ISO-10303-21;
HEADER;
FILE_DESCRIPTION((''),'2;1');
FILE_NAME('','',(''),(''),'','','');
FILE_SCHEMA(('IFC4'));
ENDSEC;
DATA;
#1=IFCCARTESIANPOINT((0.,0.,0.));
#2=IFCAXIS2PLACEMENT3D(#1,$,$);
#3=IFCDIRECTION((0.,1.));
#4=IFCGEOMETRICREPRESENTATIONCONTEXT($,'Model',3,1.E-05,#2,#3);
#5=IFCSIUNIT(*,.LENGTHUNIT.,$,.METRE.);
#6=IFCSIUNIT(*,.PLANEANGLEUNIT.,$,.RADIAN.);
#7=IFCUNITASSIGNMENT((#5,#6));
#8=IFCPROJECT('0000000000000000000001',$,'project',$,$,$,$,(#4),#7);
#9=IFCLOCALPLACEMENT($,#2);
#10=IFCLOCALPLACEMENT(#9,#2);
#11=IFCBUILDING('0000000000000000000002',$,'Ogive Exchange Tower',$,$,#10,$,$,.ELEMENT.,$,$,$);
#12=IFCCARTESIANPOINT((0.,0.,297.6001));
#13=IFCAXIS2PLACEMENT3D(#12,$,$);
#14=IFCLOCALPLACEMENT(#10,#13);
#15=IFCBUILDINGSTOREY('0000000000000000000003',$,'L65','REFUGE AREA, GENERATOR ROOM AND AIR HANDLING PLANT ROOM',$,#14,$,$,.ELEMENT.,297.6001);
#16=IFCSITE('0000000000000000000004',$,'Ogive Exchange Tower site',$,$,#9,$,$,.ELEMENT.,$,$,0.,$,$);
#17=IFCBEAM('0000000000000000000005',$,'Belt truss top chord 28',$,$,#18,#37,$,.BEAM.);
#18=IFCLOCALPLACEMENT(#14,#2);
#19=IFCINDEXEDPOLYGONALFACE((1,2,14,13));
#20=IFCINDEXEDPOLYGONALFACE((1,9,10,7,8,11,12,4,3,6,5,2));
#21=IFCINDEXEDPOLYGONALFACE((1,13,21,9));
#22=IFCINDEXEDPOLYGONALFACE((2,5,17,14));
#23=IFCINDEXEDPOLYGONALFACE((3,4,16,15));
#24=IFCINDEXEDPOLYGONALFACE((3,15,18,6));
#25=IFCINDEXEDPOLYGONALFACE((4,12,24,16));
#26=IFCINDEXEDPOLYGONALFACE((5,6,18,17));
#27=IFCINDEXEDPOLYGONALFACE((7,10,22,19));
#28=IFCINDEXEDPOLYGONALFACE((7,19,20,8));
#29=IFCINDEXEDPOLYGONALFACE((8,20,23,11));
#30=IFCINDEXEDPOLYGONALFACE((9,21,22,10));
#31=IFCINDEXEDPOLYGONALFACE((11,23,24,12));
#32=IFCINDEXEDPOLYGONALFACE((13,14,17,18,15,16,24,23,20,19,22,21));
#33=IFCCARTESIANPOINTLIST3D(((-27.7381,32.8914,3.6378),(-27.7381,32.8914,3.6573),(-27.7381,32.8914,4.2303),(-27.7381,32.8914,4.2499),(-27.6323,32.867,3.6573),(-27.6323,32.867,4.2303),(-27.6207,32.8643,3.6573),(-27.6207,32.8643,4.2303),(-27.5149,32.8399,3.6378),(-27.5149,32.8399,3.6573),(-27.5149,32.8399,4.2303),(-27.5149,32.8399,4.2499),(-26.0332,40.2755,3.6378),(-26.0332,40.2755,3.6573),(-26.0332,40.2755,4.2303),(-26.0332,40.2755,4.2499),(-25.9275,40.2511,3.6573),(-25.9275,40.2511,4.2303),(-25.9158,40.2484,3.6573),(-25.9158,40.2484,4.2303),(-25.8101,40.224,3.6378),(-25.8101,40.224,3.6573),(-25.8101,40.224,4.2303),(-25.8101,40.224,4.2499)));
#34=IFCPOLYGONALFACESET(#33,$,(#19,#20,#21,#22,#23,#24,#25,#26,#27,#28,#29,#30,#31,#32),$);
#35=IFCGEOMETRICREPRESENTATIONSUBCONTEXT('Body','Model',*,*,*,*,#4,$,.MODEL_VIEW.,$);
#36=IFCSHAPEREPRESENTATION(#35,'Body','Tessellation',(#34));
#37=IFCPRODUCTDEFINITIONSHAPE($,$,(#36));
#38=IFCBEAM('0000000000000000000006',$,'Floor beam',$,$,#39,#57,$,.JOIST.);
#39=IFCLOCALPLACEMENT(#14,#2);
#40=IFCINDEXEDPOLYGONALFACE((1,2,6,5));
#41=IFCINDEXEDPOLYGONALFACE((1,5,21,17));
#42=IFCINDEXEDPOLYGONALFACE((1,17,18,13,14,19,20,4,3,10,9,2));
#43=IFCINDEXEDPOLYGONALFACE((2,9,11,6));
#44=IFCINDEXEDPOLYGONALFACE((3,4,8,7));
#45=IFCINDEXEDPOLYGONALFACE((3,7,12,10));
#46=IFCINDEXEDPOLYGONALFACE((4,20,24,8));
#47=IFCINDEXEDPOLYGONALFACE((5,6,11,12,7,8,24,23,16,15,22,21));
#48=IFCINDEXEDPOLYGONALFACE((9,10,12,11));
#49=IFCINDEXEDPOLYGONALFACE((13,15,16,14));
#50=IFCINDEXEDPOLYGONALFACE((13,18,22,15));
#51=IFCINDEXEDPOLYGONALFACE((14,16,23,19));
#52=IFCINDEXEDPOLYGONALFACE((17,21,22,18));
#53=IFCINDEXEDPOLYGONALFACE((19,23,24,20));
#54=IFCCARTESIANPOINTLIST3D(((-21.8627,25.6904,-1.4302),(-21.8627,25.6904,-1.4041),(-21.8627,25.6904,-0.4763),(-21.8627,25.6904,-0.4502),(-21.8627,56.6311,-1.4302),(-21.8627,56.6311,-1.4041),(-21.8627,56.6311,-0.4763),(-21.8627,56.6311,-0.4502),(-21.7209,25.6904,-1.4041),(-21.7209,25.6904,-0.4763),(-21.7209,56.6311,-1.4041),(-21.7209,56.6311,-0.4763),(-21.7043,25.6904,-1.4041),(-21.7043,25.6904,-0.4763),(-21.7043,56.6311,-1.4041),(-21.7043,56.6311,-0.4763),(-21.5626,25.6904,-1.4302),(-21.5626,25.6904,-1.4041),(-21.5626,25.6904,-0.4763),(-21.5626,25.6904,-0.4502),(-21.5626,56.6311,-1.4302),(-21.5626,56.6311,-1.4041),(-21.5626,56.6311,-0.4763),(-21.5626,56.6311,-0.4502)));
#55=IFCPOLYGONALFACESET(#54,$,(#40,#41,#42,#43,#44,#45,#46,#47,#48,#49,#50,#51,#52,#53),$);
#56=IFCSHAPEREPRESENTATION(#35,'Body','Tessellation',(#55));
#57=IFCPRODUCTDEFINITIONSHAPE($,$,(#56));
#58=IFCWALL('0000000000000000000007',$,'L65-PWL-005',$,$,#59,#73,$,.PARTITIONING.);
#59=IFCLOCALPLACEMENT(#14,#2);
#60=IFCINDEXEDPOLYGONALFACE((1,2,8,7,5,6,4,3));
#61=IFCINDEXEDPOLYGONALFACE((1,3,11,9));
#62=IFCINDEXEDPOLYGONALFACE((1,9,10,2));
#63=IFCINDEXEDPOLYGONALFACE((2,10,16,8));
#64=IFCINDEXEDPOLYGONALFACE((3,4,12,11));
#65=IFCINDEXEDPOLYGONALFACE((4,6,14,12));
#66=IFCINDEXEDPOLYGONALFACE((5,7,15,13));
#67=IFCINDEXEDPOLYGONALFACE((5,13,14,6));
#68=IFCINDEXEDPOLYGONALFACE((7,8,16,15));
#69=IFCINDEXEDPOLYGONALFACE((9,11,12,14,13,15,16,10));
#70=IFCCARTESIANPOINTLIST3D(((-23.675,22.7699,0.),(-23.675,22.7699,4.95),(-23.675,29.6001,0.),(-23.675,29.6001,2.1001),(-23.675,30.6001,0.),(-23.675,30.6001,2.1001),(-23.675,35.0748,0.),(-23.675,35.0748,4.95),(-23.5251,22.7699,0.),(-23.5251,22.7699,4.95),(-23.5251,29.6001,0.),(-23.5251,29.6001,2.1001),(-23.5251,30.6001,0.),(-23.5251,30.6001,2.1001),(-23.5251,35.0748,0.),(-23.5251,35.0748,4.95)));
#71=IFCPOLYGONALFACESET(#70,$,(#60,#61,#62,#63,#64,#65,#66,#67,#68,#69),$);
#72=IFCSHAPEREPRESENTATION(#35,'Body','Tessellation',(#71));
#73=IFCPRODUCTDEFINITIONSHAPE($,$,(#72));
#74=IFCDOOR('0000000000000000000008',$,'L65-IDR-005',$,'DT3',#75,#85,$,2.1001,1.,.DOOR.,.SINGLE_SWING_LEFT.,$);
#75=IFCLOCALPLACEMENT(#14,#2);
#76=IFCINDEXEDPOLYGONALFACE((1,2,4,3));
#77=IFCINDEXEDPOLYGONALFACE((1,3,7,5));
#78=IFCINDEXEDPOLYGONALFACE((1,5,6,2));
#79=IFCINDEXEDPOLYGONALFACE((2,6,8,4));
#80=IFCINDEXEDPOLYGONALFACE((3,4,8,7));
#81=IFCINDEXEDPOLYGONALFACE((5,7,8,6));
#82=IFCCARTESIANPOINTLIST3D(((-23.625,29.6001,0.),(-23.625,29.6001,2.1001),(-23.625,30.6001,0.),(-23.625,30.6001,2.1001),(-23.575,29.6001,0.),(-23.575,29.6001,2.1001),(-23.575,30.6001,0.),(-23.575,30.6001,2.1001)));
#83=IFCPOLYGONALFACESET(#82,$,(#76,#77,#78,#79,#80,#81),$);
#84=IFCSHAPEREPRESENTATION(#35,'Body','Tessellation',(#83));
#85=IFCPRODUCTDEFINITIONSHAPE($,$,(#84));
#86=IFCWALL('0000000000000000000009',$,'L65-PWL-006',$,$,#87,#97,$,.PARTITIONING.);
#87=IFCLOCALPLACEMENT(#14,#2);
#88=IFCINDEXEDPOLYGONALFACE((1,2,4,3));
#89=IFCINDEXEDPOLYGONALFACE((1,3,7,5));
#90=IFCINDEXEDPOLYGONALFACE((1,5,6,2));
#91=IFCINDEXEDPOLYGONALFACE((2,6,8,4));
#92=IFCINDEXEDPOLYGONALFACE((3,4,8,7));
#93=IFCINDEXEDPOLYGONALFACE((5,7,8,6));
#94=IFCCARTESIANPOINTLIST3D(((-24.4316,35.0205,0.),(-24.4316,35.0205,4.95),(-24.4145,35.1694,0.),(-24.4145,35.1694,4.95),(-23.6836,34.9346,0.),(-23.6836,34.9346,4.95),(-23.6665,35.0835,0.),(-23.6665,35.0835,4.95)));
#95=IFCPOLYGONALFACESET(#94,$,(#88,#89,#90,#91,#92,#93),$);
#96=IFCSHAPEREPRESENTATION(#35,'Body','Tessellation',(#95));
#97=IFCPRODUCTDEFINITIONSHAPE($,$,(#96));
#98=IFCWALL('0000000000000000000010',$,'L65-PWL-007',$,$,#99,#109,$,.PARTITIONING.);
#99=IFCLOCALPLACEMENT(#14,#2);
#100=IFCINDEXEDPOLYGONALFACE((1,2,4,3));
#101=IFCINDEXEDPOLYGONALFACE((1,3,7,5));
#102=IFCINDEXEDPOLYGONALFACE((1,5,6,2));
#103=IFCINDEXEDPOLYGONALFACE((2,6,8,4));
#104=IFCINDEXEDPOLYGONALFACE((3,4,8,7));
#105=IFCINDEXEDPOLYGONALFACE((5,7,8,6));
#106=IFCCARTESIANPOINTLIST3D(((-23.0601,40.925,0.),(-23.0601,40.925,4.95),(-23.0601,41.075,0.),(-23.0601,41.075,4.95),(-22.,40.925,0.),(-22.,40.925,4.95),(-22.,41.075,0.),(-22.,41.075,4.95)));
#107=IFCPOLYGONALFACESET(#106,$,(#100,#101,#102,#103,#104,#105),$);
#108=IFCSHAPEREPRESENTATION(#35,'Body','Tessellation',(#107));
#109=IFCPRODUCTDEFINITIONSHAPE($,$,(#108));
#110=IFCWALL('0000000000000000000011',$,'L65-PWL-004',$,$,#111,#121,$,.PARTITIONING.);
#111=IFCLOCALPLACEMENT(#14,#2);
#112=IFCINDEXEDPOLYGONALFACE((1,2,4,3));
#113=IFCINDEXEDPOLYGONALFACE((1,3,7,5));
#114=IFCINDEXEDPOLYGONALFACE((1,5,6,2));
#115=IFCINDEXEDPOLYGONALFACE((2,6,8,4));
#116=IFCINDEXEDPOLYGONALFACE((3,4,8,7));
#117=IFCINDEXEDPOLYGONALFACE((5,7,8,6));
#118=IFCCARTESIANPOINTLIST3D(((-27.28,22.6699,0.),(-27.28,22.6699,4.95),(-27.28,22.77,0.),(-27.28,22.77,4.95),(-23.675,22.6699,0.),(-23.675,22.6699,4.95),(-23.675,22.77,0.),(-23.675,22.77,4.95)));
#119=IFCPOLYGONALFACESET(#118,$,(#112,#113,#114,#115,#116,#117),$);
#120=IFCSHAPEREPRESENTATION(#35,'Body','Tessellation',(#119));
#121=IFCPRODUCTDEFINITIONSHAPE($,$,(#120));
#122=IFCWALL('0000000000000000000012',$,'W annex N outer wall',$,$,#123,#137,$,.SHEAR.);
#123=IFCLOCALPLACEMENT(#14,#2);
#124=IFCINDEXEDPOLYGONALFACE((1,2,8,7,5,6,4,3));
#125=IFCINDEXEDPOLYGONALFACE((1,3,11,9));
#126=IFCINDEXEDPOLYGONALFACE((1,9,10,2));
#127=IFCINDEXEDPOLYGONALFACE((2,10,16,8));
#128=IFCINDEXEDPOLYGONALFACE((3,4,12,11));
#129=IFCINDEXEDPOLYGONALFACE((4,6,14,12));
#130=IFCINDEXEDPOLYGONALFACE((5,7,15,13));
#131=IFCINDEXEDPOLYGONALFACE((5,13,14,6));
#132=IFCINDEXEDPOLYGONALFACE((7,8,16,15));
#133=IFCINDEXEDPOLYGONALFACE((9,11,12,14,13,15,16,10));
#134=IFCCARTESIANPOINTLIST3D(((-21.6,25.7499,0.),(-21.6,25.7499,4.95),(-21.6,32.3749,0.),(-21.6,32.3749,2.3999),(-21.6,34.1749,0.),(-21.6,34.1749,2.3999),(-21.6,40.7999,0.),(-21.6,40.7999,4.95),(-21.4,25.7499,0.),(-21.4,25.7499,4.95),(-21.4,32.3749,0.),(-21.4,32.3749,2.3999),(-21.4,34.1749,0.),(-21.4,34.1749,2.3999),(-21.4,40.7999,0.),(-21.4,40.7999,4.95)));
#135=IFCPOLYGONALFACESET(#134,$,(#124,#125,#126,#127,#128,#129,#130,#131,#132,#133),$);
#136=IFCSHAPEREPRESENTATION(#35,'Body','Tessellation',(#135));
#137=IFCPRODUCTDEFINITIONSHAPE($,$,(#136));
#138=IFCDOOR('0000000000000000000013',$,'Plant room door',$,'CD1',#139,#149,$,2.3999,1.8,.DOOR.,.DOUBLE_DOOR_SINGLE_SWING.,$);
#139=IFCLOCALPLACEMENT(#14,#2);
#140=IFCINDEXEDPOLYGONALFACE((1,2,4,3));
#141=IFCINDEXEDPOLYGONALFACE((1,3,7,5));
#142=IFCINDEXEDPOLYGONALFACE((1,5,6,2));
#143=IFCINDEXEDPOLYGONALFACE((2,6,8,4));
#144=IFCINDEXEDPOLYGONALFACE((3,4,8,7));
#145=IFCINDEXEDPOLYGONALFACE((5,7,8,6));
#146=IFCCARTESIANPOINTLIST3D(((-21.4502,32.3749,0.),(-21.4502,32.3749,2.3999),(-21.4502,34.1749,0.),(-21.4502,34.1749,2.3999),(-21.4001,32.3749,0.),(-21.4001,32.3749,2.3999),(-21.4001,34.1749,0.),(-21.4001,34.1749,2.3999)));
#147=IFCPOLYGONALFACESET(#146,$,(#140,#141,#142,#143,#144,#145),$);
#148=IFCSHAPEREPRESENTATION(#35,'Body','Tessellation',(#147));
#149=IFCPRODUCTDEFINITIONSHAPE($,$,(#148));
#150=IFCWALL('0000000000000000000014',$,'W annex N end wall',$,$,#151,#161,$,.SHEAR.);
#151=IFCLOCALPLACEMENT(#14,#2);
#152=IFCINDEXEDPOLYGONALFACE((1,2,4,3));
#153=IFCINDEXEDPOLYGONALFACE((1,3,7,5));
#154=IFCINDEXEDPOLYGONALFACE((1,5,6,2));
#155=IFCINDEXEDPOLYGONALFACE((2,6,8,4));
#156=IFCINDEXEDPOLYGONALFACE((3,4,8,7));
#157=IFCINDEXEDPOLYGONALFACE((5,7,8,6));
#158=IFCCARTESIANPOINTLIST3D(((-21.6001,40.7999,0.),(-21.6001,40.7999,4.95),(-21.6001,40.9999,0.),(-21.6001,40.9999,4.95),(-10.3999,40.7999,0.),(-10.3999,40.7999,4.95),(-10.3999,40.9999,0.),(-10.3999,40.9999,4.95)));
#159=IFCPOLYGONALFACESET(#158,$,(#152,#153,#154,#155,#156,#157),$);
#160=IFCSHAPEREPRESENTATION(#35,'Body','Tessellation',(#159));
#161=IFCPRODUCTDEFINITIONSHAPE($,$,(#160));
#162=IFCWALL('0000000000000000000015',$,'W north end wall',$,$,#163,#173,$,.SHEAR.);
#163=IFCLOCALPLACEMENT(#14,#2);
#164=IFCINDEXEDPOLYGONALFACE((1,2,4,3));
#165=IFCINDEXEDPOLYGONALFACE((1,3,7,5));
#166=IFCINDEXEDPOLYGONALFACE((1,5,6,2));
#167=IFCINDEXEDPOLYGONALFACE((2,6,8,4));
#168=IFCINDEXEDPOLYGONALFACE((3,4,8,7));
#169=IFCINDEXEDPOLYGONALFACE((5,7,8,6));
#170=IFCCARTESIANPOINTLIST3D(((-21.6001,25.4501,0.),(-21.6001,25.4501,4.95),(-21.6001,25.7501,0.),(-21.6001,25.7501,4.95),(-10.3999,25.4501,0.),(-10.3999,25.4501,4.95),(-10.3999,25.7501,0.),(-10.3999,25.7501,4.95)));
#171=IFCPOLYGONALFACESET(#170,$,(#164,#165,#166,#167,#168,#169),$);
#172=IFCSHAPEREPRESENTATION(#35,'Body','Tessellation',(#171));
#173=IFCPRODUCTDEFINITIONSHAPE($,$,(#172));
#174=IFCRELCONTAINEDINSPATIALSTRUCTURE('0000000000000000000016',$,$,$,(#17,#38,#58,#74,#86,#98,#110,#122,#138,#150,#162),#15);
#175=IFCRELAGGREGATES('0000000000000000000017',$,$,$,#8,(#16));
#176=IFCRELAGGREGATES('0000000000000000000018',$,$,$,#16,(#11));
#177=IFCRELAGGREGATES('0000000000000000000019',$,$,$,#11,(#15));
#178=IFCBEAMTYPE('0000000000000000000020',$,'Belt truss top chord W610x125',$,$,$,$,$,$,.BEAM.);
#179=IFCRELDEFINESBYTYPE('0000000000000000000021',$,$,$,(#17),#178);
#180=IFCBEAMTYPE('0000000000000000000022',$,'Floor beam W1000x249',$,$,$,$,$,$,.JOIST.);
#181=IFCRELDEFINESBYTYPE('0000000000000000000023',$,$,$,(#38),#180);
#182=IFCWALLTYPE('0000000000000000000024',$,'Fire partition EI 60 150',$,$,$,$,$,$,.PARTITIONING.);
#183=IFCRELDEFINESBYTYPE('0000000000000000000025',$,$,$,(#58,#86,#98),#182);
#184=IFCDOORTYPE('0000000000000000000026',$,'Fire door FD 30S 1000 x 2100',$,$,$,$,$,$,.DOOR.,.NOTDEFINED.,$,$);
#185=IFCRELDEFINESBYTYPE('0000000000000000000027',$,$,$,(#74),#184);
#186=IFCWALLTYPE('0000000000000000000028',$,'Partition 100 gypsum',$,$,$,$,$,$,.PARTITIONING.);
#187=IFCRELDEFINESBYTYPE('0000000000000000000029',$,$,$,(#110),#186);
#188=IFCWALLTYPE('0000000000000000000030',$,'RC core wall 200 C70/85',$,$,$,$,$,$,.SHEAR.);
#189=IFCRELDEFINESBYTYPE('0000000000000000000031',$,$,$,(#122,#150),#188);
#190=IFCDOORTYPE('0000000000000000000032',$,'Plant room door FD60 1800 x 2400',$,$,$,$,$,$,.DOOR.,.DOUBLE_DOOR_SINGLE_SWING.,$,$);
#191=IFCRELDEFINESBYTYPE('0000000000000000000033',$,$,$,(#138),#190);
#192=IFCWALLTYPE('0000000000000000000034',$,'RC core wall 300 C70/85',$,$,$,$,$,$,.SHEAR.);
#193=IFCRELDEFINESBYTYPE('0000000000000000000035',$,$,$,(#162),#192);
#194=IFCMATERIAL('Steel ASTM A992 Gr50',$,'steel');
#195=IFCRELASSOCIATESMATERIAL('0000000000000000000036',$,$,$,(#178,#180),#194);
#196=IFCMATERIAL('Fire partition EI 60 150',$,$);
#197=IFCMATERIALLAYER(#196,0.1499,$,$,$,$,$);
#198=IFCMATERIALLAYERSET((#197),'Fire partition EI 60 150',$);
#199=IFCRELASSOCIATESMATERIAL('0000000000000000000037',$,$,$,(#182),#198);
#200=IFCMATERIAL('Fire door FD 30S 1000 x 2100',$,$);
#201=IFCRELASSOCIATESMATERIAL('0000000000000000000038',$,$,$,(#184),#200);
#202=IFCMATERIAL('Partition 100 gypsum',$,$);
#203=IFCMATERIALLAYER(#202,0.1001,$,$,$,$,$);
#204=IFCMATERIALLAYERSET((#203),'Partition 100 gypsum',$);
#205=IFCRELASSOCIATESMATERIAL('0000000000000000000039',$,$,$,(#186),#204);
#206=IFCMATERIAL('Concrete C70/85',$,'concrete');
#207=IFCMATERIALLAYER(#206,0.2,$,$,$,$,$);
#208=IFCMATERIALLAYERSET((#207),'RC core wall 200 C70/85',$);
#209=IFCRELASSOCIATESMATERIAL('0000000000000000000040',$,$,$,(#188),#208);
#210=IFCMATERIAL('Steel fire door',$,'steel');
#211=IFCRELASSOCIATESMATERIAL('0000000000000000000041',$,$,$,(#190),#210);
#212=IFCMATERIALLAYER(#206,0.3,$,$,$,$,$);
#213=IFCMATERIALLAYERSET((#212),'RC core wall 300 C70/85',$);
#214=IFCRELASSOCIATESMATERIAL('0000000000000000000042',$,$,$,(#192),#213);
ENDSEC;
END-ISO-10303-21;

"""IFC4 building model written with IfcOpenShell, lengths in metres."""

from ifc_helpers import new_model, si_unit, direction, frame, frame_2d, origin, origin_2d, place, context, subcontext, project, spatial, rectangle, i_section, extrude, material, layer, layer_set, material_profile, profile_set, type_object, element, fill, save


model = new_model("IFC4")

# Units and contexts
model_context = context("Model", 3, precision=1e-05, world=origin(), true_north=direction((0.0, 1.0)))
body_context = subcontext(model_context, "Body", "Model", "MODEL_VIEW")
ifc_project = project(units=[si_unit("LENGTHUNIT", "METRE"), si_unit("PLANEANGLEUNIT", "RADIAN")], contexts=[model_context])

# Site, building, storey
site_placement = place(None, origin())
site = spatial("IfcSite", under=ifc_project, at=site_placement, Name="Ogive Exchange Tower site", CompositionType="ELEMENT", RefElevation=0.0)
building_placement = place(site_placement, origin())
building = spatial("IfcBuilding", under=site, at=building_placement, Name="Ogive Exchange Tower", CompositionType="ELEMENT")
storey_placement = place(building_placement, frame((0.0, 0.0, 297.6001)))
storey = spatial("IfcBuildingStorey", under=building, at=storey_placement, Name="L65", Description="REFUGE AREA, GENERATOR ROOM AND AIR HANDLING PLANT ROOM", CompositionType="ELEMENT", Elevation=297.6001)

# Shared definitions
ifc_material_1 = material(Name="Steel ASTM A992 Gr50", Category="steel")

# Beams
ifc_material_profile_1 = material_profile(ifc_material_1, i_section(OverallWidth=0.229, OverallDepth=0.6121, WebThickness=0.012, FlangeThickness=0.0195, at=origin_2d()), Name="W610x125")
ifc_profile_set_1 = profile_set([ifc_material_profile_1], Name="Steel ASTM A992 Gr50")
beam_type_1 = type_object("IfcBeamType", Name="Belt truss top chord W610x125", PredefinedType="BEAM", material=ifc_profile_set_1)
beam_1_placement = place(storey_placement, frame((-25.9216, 40.2498, 3.9438), z_axis=(-0.224963, -0.974367, 0.0), x_axis=(0.974367, -0.224963, 0.0)))
element("IfcBeam", 1, at=beam_1_placement, inside=storey, type_object=beam_type_1, Name="Belt truss top chord 28", PredefinedType="BEAM", context=body_context, shape_type="SweptSolid", body=[
    extrude(i_section(OverallWidth=0.229, OverallDepth=0.6121, WebThickness=0.012, FlangeThickness=0.0195, at=origin_2d()), origin(), (0.0, 0.0, 1.0), 7.5784),
])
ifc_material_profile_2 = material_profile(ifc_material_1, i_section(OverallWidth=0.3, OverallDepth=0.98, WebThickness=0.0166, FlangeThickness=0.0261, at=origin_2d()), Name="W1000x249")
ifc_profile_set_2 = profile_set([ifc_material_profile_2], Name="Steel ASTM A992 Gr50")
beam_type_2 = type_object("IfcBeamType", Name="Floor beam W1000x249", PredefinedType="JOIST", material=ifc_profile_set_2)
beam_2_placement = place(storey_placement, frame((-21.7126, 25.6904, -0.9402), z_axis=(0.0, 1.0, 0.0), x_axis=(-1.0, 0.0, 0.0)))
element("IfcBeam", 2, at=beam_2_placement, inside=storey, type_object=beam_type_2, Name="Floor beam", PredefinedType="JOIST", context=body_context, shape_type="SweptSolid", body=[
    extrude(i_section(OverallWidth=0.3, OverallDepth=0.98, WebThickness=0.0166, FlangeThickness=0.0261, at=origin_2d()), origin(), (0.0, 0.0, 1.0), 30.9407),
])

# Wall, opening, door
ifc_material_2 = material(Name="Fire partition EI 60 150")
ifc_layer_1 = layer(ifc_material_2, 0.1499)
ifc_layer_set_1 = layer_set([ifc_layer_1], Name="Fire partition EI 60 150")
wall_type_1 = type_object("IfcWallType", Name="Fire partition EI 60 150", PredefinedType="PARTITIONING", material=ifc_layer_set_1)
wall_1_placement = place(storey_placement, frame((-23.6001, 22.77, 0.0), z_axis=(0.0, 0.0, 1.0), x_axis=(0.0, 1.0, 0.0)))
wall_1 = element("IfcWall", 3, at=wall_1_placement, inside=storey, type_object=wall_type_1, Name="L65-PWL-005", PredefinedType="PARTITIONING", context=body_context, shape_type="SweptSolid", body=[
    extrude(rectangle(XDim=12.3049, YDim=0.1499, at=frame_2d((6.1523, 0.0))), origin(), (0.0, 0.0, 1.0), 4.95),
])
opening_1_placement = place(wall_1_placement, frame((6.8301, 0.0, 0.0)))
opening_1 = element("IfcOpeningElement", 4, at=opening_1_placement, cuts=wall_1, PredefinedType="OPENING", context=body_context, shape_type="SweptSolid", body=[
    extrude(rectangle(XDim=1.0, YDim=2.1001, at=frame_2d((0.5, 1.05))), frame((0.0, 0.085, 0.0), z_axis=(0.0, -1.0, 0.0), x_axis=(1.0, 0.0, 0.0)), (0.0, 0.0, 1.0), 0.1699),
])
ifc_material_3 = material(Name="Fire door FD 30S 1000 x 2100")
door_type_1 = type_object("IfcDoorType", Name="Fire door FD 30S 1000 x 2100", OperationType="NOTDEFINED", PredefinedType="DOOR", material=ifc_material_3)
door_1_placement = place(opening_1_placement, origin())
door_1 = element("IfcDoor", 5, at=door_1_placement, inside=storey, type_object=door_type_1, Name="L65-IDR-005", ObjectType="DT3", OperationType="SINGLE_SWING_LEFT", OverallHeight=2.1001, OverallWidth=1.0, PredefinedType="DOOR", context=body_context, shape_type="SweptSolid", body=[
    extrude(rectangle(XDim=1.0, YDim=2.1001, at=frame_2d((0.5, 1.05))), frame((0.0, 0.0249, 0.0), z_axis=(0.0, -1.0, 0.0), x_axis=(1.0, 0.0, 0.0)), (0.0, 0.0, 1.0), 0.05),
])
fill(opening_1, door_1)

# Walls
wall_2_placement = place(storey_placement, frame((-23.675, 35.009, 0.0), z_axis=(0.0, 0.0, 1.0), x_axis=(-0.993466, 0.114132, 0.0)))
element("IfcWall", 6, at=wall_2_placement, inside=storey, type_object=wall_type_1, Name="L65-PWL-006", PredefinedType="PARTITIONING", context=body_context, shape_type="SweptSolid", body=[
    extrude(rectangle(XDim=0.7529, YDim=0.1499, at=frame_2d((0.3765, 0.0))), origin(), (0.0, 0.0, 1.0), 4.95),
])
wall_3_placement = place(storey_placement, frame((-23.0601, 41.0, 0.0), z_axis=(0.0, 0.0, 1.0), x_axis=(1.0, 0.0, 0.0)))
element("IfcWall", 7, at=wall_3_placement, inside=storey, type_object=wall_type_1, Name="L65-PWL-007", PredefinedType="PARTITIONING", context=body_context, shape_type="SweptSolid", body=[
    extrude(rectangle(XDim=1.0601, YDim=0.1499, at=frame_2d((0.53, 0.0))), origin(), (0.0, 0.0, 1.0), 4.95),
])
ifc_material_4 = material(Name="Partition 100 gypsum")
ifc_layer_2 = layer(ifc_material_4, 0.1001)
ifc_layer_set_2 = layer_set([ifc_layer_2], Name="Partition 100 gypsum")
wall_type_2 = type_object("IfcWallType", Name="Partition 100 gypsum", PredefinedType="PARTITIONING", material=ifc_layer_set_2)
wall_4_placement = place(storey_placement, frame((-23.675, 22.72, 0.0), z_axis=(0.0, 0.0, 1.0), x_axis=(-1.0, 0.0, 0.0)))
element("IfcWall", 8, at=wall_4_placement, inside=storey, type_object=wall_type_2, Name="L65-PWL-004", PredefinedType="PARTITIONING", context=body_context, shape_type="SweptSolid", body=[
    extrude(rectangle(XDim=3.605, YDim=0.1001, at=frame_2d((1.8025, 0.0))), origin(), (0.0, 0.0, 1.0), 4.95),
])

# Wall, opening, door
ifc_material_5 = material(Name="Concrete C70/85", Category="concrete")
ifc_layer_3 = layer(ifc_material_5, 0.2)
ifc_layer_set_3 = layer_set([ifc_layer_3], Name="RC core wall 200 C70/85")
wall_type_3 = type_object("IfcWallType", Name="RC core wall 200 C70/85", PredefinedType="SHEAR", material=ifc_layer_set_3)
wall_5_placement = place(storey_placement, frame((-21.5, 25.75, 0.0), z_axis=(0.0, 0.0, 1.0), x_axis=(0.0, 1.0, 0.0)))
wall_5 = element("IfcWall", 9, at=wall_5_placement, inside=storey, type_object=wall_type_3, Name="W annex N outer wall", PredefinedType="SHEAR", context=body_context, shape_type="SweptSolid", body=[
    extrude(rectangle(XDim=15.05, YDim=0.2, at=frame_2d((7.5249, 0.0))), origin(), (0.0, 0.0, 1.0), 4.95),
])
opening_2_placement = place(wall_5_placement, frame((6.625, 0.0, 0.0)))
opening_2 = element("IfcOpeningElement", 10, at=opening_2_placement, cuts=wall_5, PredefinedType="OPENING", context=body_context, shape_type="SweptSolid", body=[
    extrude(rectangle(XDim=1.8, YDim=2.3999, at=frame_2d((0.8999, 1.2))), frame((0.0, 0.1099, 0.0), z_axis=(0.0, -1.0, 0.0), x_axis=(1.0, 0.0, 0.0)), (0.0, 0.0, 1.0), 0.22),
])
ifc_material_6 = material(Name="Steel fire door", Category="steel")
door_type_2 = type_object("IfcDoorType", Name="Plant room door FD60 1800 x 2400", OperationType="DOUBLE_DOOR_SINGLE_SWING", PredefinedType="DOOR", material=ifc_material_6)
door_2_placement = place(opening_2_placement, origin())
door_2 = element("IfcDoor", 11, at=door_2_placement, inside=storey, type_object=door_type_2, Name="Plant room door", ObjectType="CD1", OperationType="DOUBLE_DOOR_SINGLE_SWING", OverallHeight=2.3999, OverallWidth=1.8, PredefinedType="DOOR", context=body_context, shape_type="SweptSolid", body=[
    extrude(rectangle(XDim=1.8, YDim=2.3999, at=frame_2d((0.8999, 1.2))), frame((0.0, -0.0498, 0.0), z_axis=(0.0, -1.0, 0.0), x_axis=(1.0, 0.0, 0.0)), (0.0, 0.0, 1.0), 0.05),
])
fill(opening_2, door_2)

# Walls
wall_6_placement = place(storey_placement, frame((-21.6001, 40.8999, 0.0), z_axis=(0.0, 0.0, 1.0), x_axis=(1.0, 0.0, 0.0)))
element("IfcWall", 12, at=wall_6_placement, inside=storey, type_object=wall_type_3, Name="W annex N end wall", PredefinedType="SHEAR", context=body_context, shape_type="SweptSolid", body=[
    extrude(rectangle(XDim=11.2002, YDim=0.2, at=frame_2d((5.6001, 0.0))), origin(), (0.0, 0.0, 1.0), 4.95),
])
ifc_layer_4 = layer(ifc_material_5, 0.3)
ifc_layer_set_4 = layer_set([ifc_layer_4], Name="RC core wall 300 C70/85")
wall_type_4 = type_object("IfcWallType", Name="RC core wall 300 C70/85", PredefinedType="SHEAR", material=ifc_layer_set_4)
wall_7_placement = place(storey_placement, frame((-21.6001, 25.6001, 0.0), z_axis=(0.0, 0.0, 1.0), x_axis=(1.0, 0.0, 0.0)))
element("IfcWall", 13, at=wall_7_placement, inside=storey, type_object=wall_type_4, Name="W north end wall", PredefinedType="SHEAR", context=body_context, shape_type="SweptSolid", body=[
    extrude(rectangle(XDim=11.2002, YDim=0.3, at=frame_2d((5.6001, 0.0))), origin(), (0.0, 0.0, 1.0), 4.95),
])

save(model, "model.ifc")
